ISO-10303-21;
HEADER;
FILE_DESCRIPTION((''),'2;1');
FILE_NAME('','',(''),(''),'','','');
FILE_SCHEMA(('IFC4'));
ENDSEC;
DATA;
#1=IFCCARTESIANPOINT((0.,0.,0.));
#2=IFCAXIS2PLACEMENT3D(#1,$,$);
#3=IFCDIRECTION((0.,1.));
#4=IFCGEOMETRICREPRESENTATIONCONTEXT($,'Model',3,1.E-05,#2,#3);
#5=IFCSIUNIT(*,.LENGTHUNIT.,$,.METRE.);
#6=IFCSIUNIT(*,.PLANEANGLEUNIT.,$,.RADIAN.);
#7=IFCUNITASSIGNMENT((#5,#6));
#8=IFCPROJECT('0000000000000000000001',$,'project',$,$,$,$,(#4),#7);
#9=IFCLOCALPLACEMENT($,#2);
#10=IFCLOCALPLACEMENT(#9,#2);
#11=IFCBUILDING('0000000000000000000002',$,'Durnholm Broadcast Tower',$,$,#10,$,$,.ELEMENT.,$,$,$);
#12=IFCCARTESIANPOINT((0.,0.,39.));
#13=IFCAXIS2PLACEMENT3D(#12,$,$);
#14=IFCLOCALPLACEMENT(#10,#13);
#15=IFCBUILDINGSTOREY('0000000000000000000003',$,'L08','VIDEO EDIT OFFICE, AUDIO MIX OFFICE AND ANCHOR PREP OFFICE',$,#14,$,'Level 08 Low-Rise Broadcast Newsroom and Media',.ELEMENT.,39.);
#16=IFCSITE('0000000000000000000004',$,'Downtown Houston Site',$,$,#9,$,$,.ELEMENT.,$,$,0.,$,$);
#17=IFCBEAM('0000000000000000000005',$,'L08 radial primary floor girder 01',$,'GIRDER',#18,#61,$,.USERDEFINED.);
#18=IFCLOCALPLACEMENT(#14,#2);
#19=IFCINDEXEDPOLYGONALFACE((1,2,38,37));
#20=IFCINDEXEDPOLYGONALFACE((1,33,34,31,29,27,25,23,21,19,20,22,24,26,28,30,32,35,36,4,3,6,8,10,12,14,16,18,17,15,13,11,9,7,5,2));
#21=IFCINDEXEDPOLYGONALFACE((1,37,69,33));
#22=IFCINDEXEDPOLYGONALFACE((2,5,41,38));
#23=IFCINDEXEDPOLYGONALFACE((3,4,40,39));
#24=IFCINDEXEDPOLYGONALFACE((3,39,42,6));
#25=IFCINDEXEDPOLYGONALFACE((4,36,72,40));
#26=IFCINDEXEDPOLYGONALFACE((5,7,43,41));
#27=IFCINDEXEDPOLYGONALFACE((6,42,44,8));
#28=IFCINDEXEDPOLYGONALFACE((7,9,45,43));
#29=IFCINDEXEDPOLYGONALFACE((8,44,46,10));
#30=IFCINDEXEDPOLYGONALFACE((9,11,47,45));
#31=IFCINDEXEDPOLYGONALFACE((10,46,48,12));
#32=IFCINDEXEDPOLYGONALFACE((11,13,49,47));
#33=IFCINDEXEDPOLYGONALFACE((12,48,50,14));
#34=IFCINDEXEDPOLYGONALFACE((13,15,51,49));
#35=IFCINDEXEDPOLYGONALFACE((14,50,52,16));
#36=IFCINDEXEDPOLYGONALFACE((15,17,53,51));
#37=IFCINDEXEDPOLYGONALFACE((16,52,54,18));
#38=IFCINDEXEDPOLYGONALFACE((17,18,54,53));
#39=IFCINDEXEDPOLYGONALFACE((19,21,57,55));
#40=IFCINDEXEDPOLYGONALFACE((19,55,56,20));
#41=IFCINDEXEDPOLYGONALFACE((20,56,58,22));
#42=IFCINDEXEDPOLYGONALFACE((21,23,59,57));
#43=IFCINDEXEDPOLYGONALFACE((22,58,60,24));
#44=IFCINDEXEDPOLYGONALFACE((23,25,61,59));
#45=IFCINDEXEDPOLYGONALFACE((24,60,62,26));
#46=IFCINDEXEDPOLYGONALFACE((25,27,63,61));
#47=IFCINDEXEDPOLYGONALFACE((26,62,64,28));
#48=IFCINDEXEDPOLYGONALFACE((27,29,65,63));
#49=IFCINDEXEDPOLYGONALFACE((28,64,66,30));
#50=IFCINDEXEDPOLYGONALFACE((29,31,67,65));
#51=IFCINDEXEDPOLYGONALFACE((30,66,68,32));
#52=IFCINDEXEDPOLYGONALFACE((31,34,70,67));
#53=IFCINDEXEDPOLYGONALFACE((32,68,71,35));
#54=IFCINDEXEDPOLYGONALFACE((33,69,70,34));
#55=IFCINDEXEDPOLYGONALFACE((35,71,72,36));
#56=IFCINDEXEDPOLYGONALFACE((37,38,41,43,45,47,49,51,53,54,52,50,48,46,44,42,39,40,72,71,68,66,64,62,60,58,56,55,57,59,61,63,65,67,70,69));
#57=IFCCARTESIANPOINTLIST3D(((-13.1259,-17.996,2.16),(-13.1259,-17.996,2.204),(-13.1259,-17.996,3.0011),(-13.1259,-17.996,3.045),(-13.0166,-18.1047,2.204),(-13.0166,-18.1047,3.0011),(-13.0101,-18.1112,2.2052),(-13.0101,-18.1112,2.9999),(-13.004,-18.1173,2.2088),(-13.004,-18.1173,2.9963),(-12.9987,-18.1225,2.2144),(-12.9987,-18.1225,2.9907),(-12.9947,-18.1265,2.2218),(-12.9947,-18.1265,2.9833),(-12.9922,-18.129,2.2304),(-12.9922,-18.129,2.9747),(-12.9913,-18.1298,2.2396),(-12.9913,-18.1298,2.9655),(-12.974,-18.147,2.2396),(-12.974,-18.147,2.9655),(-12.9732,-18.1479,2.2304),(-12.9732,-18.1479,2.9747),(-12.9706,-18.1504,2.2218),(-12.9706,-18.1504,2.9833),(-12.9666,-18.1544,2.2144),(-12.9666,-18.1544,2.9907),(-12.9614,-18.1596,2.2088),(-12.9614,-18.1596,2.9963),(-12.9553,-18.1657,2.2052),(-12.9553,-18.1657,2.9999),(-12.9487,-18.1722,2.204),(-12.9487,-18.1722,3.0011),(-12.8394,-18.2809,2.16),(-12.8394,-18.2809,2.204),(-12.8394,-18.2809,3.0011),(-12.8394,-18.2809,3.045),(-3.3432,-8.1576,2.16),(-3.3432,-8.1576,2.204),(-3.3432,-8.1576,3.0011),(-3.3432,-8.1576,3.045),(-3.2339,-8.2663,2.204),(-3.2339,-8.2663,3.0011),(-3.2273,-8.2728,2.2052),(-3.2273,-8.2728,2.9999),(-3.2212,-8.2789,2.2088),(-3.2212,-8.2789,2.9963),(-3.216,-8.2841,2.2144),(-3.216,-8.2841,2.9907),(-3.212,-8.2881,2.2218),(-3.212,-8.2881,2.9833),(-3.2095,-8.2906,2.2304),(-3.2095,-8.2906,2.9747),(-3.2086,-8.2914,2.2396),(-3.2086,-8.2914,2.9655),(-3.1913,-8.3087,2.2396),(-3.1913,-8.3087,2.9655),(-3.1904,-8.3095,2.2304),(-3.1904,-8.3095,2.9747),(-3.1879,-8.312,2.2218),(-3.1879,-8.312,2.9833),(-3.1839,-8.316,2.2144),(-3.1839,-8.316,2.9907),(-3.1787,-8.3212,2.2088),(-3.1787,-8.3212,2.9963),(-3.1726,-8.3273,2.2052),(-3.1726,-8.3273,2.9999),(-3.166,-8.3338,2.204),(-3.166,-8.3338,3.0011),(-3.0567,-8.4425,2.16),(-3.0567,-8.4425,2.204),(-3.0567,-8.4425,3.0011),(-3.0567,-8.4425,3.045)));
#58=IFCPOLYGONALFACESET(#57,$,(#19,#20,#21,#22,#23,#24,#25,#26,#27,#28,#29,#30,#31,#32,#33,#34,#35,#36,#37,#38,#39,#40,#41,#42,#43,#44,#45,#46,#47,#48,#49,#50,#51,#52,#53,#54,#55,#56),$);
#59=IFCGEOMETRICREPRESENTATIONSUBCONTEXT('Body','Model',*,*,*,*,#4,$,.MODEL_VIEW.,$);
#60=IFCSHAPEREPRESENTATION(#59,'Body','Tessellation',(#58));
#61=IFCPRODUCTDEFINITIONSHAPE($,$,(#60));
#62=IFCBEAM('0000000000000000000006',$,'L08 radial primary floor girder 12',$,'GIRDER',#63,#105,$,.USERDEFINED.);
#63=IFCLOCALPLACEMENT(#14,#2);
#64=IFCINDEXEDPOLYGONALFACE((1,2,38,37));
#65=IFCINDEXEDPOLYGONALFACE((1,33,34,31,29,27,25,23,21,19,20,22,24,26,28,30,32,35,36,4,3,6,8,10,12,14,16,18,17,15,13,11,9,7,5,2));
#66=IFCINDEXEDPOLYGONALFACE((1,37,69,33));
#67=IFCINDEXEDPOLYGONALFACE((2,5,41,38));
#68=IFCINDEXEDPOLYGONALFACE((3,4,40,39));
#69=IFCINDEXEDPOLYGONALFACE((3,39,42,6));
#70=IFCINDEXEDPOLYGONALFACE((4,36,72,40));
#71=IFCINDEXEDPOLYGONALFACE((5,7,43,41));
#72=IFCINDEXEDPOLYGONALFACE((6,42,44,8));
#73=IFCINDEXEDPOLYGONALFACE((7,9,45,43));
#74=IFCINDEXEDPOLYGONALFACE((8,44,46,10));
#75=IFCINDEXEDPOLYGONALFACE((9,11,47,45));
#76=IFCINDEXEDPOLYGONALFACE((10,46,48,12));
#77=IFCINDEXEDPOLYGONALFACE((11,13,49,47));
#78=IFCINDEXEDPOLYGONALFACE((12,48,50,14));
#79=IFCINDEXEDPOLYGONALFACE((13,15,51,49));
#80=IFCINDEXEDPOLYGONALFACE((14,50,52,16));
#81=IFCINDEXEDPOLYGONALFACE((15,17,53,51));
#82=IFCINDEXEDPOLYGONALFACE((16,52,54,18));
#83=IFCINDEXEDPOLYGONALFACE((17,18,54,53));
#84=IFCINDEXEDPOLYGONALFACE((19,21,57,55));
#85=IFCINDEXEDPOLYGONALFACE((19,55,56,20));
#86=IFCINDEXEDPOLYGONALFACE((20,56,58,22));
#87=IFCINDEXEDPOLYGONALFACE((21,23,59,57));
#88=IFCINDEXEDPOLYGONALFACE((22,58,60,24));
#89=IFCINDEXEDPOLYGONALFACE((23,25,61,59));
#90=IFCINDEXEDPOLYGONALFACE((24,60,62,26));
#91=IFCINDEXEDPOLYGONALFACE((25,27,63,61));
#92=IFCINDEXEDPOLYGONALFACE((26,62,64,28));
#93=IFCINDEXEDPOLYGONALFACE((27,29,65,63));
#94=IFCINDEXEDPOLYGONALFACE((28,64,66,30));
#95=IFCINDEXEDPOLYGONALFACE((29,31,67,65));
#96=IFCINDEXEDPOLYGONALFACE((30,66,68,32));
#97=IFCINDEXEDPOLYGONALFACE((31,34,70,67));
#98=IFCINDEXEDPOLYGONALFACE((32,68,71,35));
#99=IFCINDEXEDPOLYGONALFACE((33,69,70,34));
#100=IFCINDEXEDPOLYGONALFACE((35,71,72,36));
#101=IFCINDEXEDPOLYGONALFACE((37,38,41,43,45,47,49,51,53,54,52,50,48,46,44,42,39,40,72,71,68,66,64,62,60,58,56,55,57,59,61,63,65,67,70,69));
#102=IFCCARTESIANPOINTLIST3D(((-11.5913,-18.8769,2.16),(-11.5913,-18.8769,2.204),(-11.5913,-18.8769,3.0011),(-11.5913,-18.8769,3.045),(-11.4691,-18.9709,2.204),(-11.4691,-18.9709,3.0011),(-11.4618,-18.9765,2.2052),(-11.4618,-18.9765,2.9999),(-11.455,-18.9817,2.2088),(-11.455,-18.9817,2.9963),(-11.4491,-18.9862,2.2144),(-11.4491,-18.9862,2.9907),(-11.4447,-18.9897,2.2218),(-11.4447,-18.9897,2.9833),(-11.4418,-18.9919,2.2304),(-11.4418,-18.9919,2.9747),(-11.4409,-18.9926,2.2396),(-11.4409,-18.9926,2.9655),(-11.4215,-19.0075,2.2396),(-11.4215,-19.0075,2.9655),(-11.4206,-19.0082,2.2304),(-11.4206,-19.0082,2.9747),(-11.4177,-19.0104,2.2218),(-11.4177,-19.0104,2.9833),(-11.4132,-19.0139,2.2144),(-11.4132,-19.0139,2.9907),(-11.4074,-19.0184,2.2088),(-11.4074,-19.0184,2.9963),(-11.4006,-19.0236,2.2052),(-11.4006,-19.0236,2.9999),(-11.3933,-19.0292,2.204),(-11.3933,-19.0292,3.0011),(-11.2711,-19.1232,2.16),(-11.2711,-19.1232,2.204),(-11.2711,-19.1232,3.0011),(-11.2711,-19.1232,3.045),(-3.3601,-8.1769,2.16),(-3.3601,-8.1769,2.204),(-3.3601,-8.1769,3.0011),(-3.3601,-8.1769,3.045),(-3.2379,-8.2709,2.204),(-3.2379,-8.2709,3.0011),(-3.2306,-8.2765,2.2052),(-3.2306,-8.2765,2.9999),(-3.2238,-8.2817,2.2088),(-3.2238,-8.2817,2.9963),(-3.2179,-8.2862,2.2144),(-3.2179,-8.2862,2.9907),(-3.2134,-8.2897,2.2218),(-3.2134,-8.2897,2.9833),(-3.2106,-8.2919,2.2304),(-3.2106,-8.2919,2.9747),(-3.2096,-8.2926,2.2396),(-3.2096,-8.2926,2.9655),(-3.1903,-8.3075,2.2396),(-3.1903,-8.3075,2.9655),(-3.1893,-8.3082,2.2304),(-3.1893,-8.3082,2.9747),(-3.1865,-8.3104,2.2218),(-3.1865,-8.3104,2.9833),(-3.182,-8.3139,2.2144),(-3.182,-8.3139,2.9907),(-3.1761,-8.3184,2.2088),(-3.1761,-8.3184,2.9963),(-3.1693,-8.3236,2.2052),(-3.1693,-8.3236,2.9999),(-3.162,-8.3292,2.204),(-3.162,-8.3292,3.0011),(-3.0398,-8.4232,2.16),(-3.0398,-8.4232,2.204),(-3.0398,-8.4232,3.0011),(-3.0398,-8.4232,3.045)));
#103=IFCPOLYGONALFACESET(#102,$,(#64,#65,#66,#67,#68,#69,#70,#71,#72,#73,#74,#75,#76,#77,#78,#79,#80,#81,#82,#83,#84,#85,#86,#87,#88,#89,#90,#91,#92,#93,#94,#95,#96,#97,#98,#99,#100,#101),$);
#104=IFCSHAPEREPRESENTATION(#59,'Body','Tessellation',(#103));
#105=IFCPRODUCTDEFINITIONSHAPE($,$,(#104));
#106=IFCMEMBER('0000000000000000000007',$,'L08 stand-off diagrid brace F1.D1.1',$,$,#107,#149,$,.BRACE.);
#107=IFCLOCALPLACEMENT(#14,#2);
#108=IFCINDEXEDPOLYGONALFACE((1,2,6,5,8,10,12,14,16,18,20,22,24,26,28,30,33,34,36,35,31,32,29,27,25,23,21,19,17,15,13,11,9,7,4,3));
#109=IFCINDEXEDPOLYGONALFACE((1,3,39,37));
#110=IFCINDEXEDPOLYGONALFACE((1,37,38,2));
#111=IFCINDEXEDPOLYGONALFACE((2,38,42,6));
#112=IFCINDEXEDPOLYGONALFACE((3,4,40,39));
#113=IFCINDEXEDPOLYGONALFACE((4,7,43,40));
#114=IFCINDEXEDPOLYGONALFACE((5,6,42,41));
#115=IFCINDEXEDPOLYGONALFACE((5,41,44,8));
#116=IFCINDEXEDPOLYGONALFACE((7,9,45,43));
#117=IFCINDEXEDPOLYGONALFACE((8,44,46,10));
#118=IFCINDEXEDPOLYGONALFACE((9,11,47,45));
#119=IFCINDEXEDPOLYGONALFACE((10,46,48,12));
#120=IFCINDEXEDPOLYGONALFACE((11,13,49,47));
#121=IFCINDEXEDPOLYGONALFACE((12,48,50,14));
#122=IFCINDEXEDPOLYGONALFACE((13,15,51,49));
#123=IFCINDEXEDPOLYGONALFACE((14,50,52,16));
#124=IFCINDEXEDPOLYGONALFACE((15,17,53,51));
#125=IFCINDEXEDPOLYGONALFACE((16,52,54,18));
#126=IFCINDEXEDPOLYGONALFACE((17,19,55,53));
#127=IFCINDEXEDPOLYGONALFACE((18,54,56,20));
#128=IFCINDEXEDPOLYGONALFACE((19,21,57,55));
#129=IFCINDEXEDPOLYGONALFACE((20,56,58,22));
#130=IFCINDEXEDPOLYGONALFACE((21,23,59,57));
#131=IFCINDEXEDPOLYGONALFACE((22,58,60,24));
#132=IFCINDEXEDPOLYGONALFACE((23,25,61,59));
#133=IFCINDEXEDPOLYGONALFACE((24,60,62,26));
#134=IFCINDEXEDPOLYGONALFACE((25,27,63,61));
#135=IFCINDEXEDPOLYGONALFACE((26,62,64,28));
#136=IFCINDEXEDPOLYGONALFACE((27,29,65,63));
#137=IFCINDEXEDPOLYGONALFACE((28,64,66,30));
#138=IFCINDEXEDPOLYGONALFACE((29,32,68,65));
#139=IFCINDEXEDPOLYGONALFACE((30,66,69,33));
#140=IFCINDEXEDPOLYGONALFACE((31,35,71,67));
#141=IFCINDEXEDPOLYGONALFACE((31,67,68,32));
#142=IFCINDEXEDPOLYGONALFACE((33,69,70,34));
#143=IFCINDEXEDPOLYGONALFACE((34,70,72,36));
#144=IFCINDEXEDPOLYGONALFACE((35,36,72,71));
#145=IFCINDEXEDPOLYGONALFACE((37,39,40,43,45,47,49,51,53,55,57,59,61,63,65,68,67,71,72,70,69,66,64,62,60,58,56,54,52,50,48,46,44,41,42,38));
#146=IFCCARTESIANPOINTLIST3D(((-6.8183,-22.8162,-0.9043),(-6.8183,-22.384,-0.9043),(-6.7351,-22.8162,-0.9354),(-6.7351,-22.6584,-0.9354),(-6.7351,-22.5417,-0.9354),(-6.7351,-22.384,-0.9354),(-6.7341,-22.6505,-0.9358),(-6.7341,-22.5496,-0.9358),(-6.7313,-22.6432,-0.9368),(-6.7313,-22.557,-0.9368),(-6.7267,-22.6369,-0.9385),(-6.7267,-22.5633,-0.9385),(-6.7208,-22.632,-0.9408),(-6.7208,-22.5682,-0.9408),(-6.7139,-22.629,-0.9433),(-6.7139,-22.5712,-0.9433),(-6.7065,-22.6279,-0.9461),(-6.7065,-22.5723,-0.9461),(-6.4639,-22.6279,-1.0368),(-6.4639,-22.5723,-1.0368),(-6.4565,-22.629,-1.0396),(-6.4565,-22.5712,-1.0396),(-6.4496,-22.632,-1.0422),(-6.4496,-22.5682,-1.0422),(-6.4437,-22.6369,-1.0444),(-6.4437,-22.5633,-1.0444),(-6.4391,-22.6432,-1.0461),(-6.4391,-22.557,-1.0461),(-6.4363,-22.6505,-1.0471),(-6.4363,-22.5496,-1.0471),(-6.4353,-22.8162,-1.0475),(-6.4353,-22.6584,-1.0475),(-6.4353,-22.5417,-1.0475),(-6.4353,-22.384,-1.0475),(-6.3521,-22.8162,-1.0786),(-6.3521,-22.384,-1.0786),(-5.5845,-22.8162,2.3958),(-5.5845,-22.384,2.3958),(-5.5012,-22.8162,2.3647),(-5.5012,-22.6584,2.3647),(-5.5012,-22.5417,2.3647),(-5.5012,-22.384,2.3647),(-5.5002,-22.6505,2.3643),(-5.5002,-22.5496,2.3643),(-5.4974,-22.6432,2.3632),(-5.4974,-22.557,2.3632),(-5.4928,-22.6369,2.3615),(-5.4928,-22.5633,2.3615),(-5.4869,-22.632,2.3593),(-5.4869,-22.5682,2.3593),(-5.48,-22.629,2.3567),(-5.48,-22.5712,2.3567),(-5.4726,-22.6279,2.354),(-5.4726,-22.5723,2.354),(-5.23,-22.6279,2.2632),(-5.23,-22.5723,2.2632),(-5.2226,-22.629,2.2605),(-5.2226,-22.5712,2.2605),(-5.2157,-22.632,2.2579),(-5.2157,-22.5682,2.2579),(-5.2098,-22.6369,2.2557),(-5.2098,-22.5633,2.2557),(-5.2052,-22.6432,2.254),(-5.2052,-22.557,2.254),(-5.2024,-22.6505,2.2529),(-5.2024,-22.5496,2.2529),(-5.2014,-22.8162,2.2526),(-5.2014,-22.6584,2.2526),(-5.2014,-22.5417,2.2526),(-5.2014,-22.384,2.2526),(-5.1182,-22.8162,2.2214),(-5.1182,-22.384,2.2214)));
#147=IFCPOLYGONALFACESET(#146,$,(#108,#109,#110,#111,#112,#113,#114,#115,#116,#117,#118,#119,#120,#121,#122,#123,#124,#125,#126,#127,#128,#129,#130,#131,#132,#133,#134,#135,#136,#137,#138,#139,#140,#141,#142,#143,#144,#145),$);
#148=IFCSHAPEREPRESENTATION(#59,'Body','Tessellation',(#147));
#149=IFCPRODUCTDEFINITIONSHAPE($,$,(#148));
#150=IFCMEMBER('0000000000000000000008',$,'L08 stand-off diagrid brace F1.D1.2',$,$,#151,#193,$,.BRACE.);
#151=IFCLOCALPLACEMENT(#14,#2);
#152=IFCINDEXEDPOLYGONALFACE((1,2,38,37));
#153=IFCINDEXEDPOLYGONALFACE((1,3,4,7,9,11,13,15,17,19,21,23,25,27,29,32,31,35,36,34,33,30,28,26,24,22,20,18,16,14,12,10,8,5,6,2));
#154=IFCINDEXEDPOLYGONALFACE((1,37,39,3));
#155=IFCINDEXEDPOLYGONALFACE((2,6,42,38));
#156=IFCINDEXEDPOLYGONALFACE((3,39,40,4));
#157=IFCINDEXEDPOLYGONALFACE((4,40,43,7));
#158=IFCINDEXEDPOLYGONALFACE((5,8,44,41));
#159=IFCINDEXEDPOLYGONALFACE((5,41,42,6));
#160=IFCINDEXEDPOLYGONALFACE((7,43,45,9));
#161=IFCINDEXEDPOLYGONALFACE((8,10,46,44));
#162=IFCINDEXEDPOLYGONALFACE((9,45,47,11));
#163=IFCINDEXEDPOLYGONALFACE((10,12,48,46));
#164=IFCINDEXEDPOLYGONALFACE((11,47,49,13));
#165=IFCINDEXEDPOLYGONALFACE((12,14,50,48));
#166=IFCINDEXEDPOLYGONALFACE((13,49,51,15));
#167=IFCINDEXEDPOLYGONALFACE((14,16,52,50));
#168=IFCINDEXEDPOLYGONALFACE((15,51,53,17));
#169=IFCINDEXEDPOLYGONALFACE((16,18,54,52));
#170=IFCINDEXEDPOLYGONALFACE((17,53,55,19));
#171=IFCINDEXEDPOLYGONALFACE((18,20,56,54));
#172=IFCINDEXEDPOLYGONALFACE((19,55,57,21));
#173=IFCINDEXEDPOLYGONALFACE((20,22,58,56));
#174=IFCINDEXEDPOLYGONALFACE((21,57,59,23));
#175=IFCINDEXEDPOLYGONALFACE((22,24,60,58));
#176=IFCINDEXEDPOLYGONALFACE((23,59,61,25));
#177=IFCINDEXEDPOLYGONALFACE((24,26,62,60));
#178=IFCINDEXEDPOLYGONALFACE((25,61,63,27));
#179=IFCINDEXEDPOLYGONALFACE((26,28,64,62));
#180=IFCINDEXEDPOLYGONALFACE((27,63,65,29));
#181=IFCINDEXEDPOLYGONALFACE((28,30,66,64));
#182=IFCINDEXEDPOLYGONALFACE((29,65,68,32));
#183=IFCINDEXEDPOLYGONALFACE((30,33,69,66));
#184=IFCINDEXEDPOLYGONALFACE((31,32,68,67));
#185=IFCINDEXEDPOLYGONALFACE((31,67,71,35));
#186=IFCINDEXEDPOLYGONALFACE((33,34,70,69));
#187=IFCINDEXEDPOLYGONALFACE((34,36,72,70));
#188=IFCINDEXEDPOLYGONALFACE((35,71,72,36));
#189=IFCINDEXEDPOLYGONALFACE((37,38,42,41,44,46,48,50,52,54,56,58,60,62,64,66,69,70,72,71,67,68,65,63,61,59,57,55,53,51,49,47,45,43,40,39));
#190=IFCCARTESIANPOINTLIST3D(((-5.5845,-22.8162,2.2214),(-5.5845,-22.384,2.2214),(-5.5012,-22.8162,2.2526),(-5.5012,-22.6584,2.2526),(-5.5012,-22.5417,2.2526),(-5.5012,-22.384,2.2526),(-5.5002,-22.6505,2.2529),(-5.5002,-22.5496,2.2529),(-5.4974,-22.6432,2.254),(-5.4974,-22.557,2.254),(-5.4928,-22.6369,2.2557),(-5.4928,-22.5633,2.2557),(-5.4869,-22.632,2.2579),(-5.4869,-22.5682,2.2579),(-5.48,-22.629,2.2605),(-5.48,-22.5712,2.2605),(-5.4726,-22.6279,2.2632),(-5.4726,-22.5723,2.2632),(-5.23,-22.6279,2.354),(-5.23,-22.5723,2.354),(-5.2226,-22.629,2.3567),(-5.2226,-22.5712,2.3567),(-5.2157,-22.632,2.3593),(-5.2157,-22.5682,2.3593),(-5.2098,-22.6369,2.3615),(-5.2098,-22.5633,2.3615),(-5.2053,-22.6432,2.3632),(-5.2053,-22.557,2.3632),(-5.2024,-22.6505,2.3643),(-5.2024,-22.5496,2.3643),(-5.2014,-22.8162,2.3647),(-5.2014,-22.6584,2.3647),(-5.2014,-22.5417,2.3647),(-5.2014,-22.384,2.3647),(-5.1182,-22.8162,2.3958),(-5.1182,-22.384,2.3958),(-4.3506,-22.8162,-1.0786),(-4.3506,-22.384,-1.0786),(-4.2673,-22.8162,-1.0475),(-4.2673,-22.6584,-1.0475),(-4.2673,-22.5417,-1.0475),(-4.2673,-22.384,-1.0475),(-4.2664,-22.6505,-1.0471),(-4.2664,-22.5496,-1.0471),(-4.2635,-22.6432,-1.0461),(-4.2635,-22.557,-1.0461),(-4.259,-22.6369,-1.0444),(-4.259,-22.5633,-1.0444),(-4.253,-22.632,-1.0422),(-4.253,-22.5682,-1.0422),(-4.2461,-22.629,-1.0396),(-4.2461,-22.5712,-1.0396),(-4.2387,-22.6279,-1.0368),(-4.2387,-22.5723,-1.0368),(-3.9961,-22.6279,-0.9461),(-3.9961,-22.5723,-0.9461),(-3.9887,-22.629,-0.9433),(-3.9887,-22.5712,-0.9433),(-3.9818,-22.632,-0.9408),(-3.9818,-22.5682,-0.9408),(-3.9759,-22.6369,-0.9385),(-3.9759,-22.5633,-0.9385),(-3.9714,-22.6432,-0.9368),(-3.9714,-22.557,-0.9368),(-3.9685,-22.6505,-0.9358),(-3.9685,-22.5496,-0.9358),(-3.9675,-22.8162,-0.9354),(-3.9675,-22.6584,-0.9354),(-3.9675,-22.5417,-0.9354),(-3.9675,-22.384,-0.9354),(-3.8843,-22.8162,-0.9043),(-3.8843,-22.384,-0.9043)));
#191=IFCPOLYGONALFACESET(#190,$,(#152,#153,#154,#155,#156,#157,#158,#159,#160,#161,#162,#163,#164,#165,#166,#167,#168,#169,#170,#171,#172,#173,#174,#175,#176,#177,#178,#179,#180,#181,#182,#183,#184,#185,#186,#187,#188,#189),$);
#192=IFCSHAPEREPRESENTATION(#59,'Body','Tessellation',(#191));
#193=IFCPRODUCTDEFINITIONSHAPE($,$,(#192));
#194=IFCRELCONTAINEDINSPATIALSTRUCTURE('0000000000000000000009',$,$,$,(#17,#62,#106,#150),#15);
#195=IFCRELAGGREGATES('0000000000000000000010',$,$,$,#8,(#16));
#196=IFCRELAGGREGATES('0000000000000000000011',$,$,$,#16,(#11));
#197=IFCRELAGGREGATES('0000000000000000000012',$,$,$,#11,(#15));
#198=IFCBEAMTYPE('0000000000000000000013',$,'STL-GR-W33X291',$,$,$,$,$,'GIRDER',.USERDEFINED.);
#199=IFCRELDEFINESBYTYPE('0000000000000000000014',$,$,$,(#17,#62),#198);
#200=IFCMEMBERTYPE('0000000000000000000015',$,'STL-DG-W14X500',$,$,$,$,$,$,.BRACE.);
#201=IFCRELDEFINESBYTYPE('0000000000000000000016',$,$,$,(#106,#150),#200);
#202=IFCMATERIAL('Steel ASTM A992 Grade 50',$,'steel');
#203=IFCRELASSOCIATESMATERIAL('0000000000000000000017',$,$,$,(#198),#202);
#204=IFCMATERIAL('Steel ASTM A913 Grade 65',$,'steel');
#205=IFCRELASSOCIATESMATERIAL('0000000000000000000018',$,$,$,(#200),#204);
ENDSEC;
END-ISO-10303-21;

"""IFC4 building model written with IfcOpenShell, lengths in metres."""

from ifc_helpers import new_model, si_unit, direction, frame, origin, origin_2d, place, context, subcontext, project, spatial, i_section, extrude, source, transform, mapped, material, material_profile, profile_set, type_object, type_shapes, element, save


model = new_model("IFC4")

# Units and contexts
model_context = context("Model", 3, precision=1e-05, world=origin(), true_north=direction((0.0, 1.0)))
body_context = subcontext(model_context, "Body", "Model", "MODEL_VIEW")
ifc_project = project(units=[si_unit("LENGTHUNIT", "METRE"), si_unit("PLANEANGLEUNIT", "RADIAN")], contexts=[model_context])

# Site, building, storey
site_placement = place(None, origin())
site = spatial("IfcSite", under=ifc_project, at=site_placement, Name="Downtown Houston Site", CompositionType="ELEMENT", RefElevation=0.0)
building_placement = place(site_placement, origin())
building = spatial("IfcBuilding", under=site, at=building_placement, Name="Durnholm Broadcast Tower", CompositionType="ELEMENT")
storey_placement = place(building_placement, frame((0.0, 0.0, 39.0)))
storey = spatial("IfcBuildingStorey", under=building, at=storey_placement, Name="L08", Description="VIDEO EDIT OFFICE, AUDIO MIX OFFICE AND ANCHOR PREP OFFICE", LongName="Level 08 Low-Rise Broadcast Newsroom and Media", CompositionType="ELEMENT", Elevation=39.0)

# Beams
ifc_material_1 = material(Name="Steel ASTM A992 Grade 50", Category="steel")
ifc_material_profile_1 = material_profile(ifc_material_1, i_section(OverallWidth=0.4041, OverallDepth=0.885, WebThickness=0.0244, FlangeThickness=0.0439, FilletRadius=0.0356, at=origin_2d()), Name="W33X291")
ifc_profile_set_1 = profile_set([ifc_material_profile_1], Name="Steel ASTM A992 Grade 50")
beam_type = type_object("IfcBeamType", Name="STL-GR-W33X291", ElementType="GIRDER", PredefinedType="USERDEFINED", material=ifc_profile_set_1)
shared_shape_1 = source(origin(), body_context, "Body", "SweptSolid", [
    extrude(i_section(OverallWidth=0.4041, OverallDepth=0.885, WebThickness=0.0244, FlangeThickness=0.0439, FilletRadius=0.0356, at=origin_2d()), origin(), (0.0, 0.0, 1.0), 13.8743),
])
beam_1_placement = place(storey_placement, frame((-3.2, -8.3, 2.6025), z_axis=(-0.705098, -0.70911, 0.0), x_axis=(0.70911, -0.705098, 0.0)))
element("IfcBeam", 1, at=beam_1_placement, inside=storey, type_object=beam_type, Name="L08 radial primary floor girder 01", ObjectType="GIRDER", PredefinedType="USERDEFINED", context=body_context, shape_type="MappedRepresentation", body=[
    mapped(shared_shape_1, transform((0.0, 0.0, 0.0), x_axis=(1.0, 0.0, 0.0), y_axis=(0.0, 1.0, 0.0), z_axis=(0.0, 0.0, 1.0), scale=1.0)),
])
shared_shape_2 = source(origin(), body_context, "Body", "SweptSolid", [
    extrude(i_section(OverallWidth=0.4041, OverallDepth=0.885, WebThickness=0.0244, FlangeThickness=0.0439, FilletRadius=0.0356, at=origin_2d()), origin(), (0.0, 0.0, 1.0), 13.4998),
])
type_shapes(beam_type, [shared_shape_1, shared_shape_2])
beam_2_placement = place(storey_placement, frame((-3.2, -8.3, 2.6025), z_axis=(-0.609733, -0.792607, 0.0), x_axis=(0.792607, -0.609733, 0.0)))
element("IfcBeam", 2, at=beam_2_placement, inside=storey, type_object=beam_type, Name="L08 radial primary floor girder 12", ObjectType="GIRDER", PredefinedType="USERDEFINED", context=body_context, shape_type="MappedRepresentation", body=[
    mapped(shared_shape_2, transform((0.0, 0.0, 0.0), x_axis=(1.0, 0.0, 0.0), y_axis=(0.0, 1.0, 0.0), z_axis=(0.0, 0.0, 1.0), scale=1.0)),
])

# Members
ifc_material_2 = material(Name="Steel ASTM A913 Grade 65", Category="steel")
ifc_material_profile_2 = material_profile(ifc_material_2, i_section(OverallWidth=0.4321, OverallDepth=0.4978, WebThickness=0.0557, FlangeThickness=0.0889, FilletRadius=0.0305, at=origin_2d()), Name="W14X500")
ifc_profile_set_2 = profile_set([ifc_material_profile_2], Name="Steel ASTM A913 Grade 65")
member_type_1 = type_object("IfcMemberType", Name="STL-DG-W14X500", PredefinedType="BRACE", material=ifc_profile_set_2)
shared_shape_3 = source(origin(), body_context, "Body", "SweptSolid", [
    extrude(i_section(OverallWidth=0.4321, OverallDepth=0.4978, WebThickness=0.0557, FlangeThickness=0.0889, FilletRadius=0.0305, at=origin_2d()), origin(), (0.0, 0.0, 1.0), 3.5232),
])
type_shapes(member_type_1, [shared_shape_3])
for number, where, z_axis, x_axis, name in (
    (3, (-6.5852, -22.6001, -0.9915), (0.35022, 0.0, 0.936668), (0.0, 1.0, 0.0), "L08 stand-off diagrid brace F1.D1.1"),
    (4, (-4.1174, -22.6001, -0.9915), (-0.35022, 0.0, 0.936668), (0.0, -1.0, 0.0), "L08 stand-off diagrid brace F1.D1.2"),
):
    element("IfcMember", number, at=place(storey_placement, frame(where, z_axis=z_axis, x_axis=x_axis)), inside=storey, type_object=member_type_1, Name=name, PredefinedType="BRACE", context=body_context, shape_type="MappedRepresentation", body=[
        mapped(shared_shape_3, transform((0.0, 0.0, 0.0), x_axis=(1.0, 0.0, 0.0), y_axis=(0.0, 1.0, 0.0), z_axis=(0.0, 0.0, 1.0), scale=1.0)),
    ])

save(model, "model.ifc")
